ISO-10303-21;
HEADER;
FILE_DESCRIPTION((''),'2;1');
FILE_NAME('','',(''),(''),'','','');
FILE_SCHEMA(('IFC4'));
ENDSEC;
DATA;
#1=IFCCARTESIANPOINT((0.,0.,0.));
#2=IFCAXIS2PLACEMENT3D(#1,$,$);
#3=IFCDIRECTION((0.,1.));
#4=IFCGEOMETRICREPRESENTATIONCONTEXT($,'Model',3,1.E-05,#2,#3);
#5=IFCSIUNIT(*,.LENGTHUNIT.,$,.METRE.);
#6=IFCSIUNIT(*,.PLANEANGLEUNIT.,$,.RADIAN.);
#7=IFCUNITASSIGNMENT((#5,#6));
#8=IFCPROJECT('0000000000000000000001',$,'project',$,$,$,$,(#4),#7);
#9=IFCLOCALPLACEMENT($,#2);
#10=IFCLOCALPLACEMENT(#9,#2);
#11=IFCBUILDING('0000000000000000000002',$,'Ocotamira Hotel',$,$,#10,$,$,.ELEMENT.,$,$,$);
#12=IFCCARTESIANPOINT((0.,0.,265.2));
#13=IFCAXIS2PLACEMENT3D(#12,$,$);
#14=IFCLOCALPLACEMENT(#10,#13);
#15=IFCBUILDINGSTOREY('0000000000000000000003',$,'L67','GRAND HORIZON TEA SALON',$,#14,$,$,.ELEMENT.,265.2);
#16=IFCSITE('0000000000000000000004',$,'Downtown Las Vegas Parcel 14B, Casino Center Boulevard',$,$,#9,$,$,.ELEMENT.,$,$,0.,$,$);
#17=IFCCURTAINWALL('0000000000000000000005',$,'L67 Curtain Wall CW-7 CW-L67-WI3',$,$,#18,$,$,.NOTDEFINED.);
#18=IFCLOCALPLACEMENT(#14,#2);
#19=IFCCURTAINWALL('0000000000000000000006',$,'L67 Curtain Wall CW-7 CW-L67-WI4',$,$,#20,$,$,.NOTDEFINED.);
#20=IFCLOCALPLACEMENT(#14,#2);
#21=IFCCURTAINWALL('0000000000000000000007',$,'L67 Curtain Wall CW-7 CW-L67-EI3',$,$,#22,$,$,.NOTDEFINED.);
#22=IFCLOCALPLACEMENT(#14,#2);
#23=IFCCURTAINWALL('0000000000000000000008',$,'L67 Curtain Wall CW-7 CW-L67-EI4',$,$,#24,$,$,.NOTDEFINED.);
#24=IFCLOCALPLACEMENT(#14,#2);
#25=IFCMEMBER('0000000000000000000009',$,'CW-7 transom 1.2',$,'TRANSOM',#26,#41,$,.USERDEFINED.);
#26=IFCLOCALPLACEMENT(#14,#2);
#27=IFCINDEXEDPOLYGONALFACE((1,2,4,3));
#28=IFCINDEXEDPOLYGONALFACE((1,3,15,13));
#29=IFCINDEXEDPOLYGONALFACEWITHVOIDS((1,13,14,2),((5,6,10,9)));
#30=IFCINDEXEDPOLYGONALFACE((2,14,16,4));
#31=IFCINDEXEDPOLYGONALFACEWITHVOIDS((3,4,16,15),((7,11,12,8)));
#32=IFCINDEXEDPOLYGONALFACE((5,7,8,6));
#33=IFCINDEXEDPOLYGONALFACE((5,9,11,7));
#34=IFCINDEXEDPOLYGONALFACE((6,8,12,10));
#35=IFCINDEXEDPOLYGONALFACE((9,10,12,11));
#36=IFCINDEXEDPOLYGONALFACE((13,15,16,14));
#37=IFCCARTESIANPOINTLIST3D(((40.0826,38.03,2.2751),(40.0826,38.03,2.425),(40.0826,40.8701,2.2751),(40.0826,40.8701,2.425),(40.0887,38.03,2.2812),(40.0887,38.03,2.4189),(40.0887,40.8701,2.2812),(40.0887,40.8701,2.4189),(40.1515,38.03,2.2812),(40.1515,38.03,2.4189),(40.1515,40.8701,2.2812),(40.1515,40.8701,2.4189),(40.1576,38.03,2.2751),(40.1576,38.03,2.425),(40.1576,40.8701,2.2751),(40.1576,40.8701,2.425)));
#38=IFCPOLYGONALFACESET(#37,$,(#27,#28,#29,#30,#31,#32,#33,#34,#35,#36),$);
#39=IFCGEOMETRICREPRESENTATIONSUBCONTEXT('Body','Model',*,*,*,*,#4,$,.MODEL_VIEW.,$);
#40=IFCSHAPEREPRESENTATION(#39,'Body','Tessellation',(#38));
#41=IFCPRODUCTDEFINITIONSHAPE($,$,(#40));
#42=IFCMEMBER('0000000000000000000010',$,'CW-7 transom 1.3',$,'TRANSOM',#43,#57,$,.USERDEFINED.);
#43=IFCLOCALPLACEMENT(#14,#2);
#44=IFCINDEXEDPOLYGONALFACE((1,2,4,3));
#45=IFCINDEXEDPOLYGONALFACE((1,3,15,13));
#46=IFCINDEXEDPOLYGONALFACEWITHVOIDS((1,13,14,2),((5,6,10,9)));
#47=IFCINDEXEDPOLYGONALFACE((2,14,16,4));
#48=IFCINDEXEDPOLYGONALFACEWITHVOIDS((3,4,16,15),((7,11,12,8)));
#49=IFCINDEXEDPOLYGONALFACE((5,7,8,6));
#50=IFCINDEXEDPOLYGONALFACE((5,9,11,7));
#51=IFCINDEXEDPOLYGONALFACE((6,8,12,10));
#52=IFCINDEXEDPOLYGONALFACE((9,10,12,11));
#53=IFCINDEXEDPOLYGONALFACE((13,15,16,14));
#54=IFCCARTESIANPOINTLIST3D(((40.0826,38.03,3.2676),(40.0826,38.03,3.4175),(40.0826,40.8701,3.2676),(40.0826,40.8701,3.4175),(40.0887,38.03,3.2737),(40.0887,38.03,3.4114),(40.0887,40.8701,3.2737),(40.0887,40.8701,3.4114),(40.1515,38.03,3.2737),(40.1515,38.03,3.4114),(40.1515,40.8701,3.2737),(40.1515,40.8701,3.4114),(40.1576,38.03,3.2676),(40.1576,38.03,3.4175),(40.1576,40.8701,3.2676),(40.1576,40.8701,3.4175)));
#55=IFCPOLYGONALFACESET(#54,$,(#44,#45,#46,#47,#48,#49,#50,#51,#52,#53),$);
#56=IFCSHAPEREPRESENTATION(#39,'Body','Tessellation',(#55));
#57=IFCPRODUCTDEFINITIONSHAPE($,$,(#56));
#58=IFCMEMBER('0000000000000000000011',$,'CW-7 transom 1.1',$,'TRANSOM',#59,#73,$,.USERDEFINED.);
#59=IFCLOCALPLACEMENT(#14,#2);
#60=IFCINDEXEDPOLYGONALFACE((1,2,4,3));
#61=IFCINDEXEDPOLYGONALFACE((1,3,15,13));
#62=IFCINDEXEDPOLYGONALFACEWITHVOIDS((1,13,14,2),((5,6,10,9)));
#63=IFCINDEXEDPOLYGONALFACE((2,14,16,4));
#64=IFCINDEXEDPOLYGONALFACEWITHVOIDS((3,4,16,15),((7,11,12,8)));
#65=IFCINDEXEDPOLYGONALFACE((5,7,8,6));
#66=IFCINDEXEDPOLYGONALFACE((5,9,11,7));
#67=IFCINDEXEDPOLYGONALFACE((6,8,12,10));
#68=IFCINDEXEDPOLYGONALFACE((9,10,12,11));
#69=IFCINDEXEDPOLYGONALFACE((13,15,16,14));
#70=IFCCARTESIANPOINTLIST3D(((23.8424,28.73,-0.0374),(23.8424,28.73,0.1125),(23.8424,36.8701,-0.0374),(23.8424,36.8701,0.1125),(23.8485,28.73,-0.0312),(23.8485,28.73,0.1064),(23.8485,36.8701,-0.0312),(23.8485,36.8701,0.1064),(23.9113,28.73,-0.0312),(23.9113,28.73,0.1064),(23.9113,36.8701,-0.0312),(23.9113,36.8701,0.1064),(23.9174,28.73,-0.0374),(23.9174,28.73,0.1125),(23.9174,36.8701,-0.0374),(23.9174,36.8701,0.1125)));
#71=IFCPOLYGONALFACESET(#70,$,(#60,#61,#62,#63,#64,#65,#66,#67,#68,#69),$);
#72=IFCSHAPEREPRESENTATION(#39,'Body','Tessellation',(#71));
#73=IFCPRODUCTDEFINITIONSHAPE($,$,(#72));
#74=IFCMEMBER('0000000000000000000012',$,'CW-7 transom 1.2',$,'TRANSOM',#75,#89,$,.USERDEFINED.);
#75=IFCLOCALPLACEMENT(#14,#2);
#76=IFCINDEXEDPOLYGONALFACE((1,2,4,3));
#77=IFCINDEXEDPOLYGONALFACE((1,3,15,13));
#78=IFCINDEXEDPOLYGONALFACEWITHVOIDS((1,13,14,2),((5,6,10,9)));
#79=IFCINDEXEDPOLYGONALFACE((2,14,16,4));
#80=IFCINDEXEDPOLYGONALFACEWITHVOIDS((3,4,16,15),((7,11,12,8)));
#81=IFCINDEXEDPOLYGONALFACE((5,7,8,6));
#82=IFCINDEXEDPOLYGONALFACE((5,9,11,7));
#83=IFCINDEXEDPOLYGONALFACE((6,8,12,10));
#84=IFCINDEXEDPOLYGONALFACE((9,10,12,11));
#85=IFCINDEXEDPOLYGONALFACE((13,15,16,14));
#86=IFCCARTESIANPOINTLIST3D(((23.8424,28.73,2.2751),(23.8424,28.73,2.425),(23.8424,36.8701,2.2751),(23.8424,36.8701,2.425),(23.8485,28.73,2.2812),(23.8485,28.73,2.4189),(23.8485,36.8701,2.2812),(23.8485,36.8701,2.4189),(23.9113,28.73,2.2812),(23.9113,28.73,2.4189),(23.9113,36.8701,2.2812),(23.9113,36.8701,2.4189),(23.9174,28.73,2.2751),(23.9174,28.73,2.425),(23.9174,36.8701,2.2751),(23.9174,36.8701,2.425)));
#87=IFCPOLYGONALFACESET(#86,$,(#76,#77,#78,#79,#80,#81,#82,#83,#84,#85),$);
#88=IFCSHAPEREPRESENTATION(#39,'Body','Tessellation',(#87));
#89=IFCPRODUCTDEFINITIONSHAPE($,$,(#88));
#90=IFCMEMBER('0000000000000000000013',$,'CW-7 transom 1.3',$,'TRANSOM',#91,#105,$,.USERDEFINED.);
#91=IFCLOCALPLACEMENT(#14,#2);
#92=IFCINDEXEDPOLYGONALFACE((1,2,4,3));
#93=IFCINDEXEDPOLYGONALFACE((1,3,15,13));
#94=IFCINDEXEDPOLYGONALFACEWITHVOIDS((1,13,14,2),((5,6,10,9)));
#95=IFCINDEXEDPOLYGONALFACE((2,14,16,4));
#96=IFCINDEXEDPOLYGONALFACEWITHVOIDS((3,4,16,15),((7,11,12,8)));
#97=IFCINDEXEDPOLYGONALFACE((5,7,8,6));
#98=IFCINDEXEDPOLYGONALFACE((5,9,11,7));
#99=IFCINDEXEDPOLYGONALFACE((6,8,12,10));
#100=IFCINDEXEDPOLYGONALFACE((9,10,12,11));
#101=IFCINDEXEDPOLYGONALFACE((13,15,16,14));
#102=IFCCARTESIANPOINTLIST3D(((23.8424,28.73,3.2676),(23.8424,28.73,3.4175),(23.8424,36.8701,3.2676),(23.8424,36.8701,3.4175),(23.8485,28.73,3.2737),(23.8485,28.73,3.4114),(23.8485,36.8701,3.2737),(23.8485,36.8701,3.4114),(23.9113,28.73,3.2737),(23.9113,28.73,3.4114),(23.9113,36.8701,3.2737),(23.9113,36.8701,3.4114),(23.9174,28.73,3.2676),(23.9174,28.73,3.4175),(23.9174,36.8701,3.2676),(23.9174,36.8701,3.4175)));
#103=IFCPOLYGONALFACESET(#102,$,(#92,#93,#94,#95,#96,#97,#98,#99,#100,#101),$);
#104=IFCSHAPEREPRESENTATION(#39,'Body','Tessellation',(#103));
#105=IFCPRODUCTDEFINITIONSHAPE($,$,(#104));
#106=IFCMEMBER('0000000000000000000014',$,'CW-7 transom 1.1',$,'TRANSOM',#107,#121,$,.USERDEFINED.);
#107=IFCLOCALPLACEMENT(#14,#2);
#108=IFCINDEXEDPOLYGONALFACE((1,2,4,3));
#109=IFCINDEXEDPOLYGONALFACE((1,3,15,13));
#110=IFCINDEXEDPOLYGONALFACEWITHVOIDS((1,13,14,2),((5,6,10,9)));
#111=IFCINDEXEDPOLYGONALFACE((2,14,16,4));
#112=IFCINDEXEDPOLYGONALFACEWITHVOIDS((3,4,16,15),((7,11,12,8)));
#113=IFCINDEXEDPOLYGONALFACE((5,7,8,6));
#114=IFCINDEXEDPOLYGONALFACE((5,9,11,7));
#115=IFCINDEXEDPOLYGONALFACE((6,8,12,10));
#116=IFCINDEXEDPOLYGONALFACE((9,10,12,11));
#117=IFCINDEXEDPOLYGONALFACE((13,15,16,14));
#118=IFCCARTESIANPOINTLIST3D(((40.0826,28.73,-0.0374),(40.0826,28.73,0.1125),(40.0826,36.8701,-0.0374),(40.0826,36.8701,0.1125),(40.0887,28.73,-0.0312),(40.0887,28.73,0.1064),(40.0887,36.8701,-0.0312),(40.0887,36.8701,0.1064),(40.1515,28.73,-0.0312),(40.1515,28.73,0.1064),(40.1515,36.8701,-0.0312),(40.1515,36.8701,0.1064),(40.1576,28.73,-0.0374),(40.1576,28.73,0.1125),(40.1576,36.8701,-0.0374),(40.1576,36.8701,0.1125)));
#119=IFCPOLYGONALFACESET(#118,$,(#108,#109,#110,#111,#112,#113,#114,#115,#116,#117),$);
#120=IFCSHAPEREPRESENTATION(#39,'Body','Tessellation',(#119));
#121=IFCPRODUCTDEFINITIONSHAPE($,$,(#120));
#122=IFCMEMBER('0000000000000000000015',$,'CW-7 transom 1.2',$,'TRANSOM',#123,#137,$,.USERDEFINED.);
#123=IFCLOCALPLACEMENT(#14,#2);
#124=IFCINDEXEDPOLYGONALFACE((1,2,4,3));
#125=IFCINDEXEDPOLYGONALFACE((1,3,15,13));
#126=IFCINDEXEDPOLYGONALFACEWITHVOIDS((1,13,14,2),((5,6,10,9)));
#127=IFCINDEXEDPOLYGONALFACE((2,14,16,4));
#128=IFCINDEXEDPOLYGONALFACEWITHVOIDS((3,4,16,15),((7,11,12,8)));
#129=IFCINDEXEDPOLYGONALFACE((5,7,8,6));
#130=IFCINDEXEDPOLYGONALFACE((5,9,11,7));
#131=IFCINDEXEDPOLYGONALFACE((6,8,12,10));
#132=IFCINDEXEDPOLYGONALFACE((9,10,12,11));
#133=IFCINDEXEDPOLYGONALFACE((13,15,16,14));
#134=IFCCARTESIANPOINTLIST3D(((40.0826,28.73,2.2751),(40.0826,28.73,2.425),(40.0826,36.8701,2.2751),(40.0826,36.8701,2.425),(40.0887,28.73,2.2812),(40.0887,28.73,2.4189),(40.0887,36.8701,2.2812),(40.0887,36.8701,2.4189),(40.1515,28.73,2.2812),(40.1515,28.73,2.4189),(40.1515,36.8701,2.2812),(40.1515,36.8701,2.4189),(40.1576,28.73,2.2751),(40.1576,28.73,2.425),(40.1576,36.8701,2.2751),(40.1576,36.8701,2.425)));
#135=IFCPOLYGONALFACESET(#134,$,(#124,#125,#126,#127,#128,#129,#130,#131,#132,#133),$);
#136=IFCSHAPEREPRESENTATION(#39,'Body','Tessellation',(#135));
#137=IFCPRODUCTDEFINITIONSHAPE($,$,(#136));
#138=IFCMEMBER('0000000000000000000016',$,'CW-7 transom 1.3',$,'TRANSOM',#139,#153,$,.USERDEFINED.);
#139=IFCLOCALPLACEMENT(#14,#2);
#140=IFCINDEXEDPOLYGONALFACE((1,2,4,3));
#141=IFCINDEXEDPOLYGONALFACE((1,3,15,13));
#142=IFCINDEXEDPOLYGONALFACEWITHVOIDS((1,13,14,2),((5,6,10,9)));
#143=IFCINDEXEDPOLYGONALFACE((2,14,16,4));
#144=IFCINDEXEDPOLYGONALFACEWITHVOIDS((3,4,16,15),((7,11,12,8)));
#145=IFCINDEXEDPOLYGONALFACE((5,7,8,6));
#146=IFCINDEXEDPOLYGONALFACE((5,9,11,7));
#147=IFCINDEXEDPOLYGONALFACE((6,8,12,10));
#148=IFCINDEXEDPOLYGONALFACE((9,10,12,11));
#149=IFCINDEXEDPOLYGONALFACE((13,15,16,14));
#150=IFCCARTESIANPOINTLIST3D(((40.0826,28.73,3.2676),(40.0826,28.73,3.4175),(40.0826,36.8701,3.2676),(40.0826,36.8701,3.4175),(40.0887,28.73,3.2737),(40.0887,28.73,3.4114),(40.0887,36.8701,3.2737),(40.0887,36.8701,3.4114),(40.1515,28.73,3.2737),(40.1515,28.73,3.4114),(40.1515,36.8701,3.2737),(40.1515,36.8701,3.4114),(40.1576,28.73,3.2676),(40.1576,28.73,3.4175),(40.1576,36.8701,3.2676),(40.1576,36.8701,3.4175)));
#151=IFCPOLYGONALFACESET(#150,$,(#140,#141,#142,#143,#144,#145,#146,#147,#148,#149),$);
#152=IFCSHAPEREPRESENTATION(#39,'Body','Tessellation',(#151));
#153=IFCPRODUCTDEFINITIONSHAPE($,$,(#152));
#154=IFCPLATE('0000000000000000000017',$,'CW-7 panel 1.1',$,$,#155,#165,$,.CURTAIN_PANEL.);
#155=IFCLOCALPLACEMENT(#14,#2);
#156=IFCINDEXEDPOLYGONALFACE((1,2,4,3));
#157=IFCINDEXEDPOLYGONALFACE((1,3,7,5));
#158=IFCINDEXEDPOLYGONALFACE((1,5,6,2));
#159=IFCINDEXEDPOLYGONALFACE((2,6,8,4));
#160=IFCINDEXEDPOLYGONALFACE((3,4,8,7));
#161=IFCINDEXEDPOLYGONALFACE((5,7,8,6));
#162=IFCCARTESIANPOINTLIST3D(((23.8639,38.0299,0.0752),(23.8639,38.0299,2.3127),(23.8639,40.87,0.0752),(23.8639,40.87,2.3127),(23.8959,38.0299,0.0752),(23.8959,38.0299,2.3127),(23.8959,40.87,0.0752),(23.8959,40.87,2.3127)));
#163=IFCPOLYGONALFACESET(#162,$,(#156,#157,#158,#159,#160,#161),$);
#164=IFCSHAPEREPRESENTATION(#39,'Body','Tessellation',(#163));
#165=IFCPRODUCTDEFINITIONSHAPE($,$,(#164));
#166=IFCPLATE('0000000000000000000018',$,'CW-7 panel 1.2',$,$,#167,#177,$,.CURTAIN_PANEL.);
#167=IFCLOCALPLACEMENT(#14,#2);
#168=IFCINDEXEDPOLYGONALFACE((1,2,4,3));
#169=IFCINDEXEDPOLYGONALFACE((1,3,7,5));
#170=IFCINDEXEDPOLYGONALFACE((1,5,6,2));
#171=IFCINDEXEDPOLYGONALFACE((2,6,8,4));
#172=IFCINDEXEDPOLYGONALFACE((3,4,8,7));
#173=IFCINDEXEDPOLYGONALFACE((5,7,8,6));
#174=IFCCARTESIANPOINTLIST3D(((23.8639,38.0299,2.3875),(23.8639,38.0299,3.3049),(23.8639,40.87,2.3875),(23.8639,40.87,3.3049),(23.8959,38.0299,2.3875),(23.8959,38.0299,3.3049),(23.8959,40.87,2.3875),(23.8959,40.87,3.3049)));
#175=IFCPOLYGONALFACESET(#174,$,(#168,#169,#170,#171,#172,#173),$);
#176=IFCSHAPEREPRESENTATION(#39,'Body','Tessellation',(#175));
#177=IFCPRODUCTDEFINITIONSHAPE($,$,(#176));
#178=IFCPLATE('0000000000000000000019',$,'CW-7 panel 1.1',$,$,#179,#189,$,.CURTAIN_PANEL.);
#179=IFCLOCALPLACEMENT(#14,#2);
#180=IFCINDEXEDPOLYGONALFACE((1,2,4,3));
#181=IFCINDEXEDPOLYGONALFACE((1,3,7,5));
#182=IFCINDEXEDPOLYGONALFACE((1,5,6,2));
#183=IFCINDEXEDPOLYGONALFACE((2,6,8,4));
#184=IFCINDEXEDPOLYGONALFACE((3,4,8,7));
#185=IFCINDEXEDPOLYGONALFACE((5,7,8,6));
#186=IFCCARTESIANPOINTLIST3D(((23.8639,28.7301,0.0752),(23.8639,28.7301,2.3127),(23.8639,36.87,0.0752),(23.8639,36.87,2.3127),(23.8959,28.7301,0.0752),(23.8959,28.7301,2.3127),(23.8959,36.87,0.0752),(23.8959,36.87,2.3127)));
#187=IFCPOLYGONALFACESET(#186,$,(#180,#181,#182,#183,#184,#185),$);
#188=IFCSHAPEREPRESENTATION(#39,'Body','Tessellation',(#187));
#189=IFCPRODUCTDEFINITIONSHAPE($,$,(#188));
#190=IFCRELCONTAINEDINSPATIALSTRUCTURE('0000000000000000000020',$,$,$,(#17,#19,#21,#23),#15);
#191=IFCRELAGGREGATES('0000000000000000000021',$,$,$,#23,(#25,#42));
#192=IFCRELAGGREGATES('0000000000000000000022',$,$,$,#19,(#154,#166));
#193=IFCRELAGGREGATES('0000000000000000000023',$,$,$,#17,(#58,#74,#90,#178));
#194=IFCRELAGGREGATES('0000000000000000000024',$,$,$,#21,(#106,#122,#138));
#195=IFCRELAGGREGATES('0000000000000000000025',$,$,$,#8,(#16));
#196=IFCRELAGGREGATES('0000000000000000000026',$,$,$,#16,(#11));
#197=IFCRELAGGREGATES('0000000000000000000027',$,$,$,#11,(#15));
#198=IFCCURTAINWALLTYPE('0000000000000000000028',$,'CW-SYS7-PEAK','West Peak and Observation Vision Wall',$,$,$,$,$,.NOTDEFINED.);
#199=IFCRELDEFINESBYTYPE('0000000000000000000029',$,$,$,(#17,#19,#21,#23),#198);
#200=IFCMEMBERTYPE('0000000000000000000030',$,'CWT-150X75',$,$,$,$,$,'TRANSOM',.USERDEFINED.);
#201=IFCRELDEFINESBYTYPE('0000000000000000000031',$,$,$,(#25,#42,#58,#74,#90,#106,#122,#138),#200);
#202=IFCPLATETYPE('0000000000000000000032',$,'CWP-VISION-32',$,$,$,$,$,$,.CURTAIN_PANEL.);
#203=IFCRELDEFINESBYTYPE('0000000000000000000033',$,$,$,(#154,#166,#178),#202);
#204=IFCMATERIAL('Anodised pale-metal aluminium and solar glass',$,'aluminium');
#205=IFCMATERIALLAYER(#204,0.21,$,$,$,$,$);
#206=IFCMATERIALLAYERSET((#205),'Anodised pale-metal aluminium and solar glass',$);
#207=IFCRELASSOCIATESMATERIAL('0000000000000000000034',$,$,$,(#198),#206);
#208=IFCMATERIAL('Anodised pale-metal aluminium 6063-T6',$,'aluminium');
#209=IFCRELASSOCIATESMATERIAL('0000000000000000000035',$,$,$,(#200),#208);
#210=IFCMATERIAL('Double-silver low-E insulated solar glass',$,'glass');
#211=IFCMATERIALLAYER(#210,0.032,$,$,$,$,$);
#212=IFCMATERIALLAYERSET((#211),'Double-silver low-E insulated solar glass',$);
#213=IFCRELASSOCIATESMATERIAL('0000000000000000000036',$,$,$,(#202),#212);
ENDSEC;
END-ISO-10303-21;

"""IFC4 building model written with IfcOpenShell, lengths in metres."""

from ifc_helpers import new_model, si_unit, direction, frame, origin, origin_2d, place, context, subcontext, project, spatial, rectangle, hollow_rectangle, extrude, source, transform, mapped, material, layer, layer_set, material_profile, profile_set, type_object, element, aggregate, save


model = new_model("IFC4")

# Units and contexts
model_context = context("Model", 3, precision=1e-05, world=origin(), true_north=direction((0.0, 1.0)))
body_context = subcontext(model_context, "Body", "Model", "MODEL_VIEW")
ifc_project = project(units=[si_unit("LENGTHUNIT", "METRE"), si_unit("PLANEANGLEUNIT", "RADIAN")], contexts=[model_context])

# Site, building, storey
site_placement = place(None, origin())
site = spatial("IfcSite", under=ifc_project, at=site_placement, Name="Downtown Las Vegas Parcel 14B, Casino Center Boulevard", CompositionType="ELEMENT", RefElevation=0.0)
building_placement = place(site_placement, origin())
building = spatial("IfcBuilding", under=site, at=building_placement, Name="Ocotamira Hotel", CompositionType="ELEMENT")
storey_placement = place(building_placement, frame((0.0, 0.0, 265.2)))
storey = spatial("IfcBuildingStorey", under=building, at=storey_placement, Name="L67", Description="GRAND HORIZON TEA SALON", CompositionType="ELEMENT", Elevation=265.2)

# Curtain walls
ifc_material_1 = material(Name="Anodised pale-metal aluminium and solar glass", Category="aluminium")
ifc_layer_1 = layer(ifc_material_1, 0.21)
ifc_layer_set_1 = layer_set([ifc_layer_1], Name="Anodised pale-metal aluminium and solar glass")
curtain_wall_type = type_object("IfcCurtainWallType", Name="CW-SYS7-PEAK", Description="West Peak and Observation Vision Wall", PredefinedType="NOTDEFINED", material=ifc_layer_set_1)
curtain_wall_1_placement = place(storey_placement, origin())
curtain_wall_1 = element("IfcCurtainWall", 1, at=curtain_wall_1_placement, inside=storey, type_object=curtain_wall_type, Name="L67 Curtain Wall CW-7 CW-L67-WI3", PredefinedType="NOTDEFINED")
ifc_material_2 = material(Name="Anodised pale-metal aluminium 6063-T6", Category="aluminium")
curtain_wall_2_placement = place(storey_placement, origin())
curtain_wall_2 = element("IfcCurtainWall", 2, at=curtain_wall_2_placement, inside=storey, type_object=curtain_wall_type, Name="L67 Curtain Wall CW-7 CW-L67-WI4", PredefinedType="NOTDEFINED")
curtain_wall_3_placement = place(storey_placement, origin())
curtain_wall_3 = element("IfcCurtainWall", 3, at=curtain_wall_3_placement, inside=storey, type_object=curtain_wall_type, Name="L67 Curtain Wall CW-7 CW-L67-EI3", PredefinedType="NOTDEFINED")

# Curtain wall
curtain_wall_4_placement = place(storey_placement, origin())
curtain_wall_4 = element("IfcCurtainWall", 4, at=curtain_wall_4_placement, inside=storey, type_object=curtain_wall_type, Name="L67 Curtain Wall CW-7 CW-L67-EI4", PredefinedType="NOTDEFINED")

# Members
ifc_material_profile_1 = material_profile(ifc_material_2, hollow_rectangle(XDim=0.075, YDim=0.1499, WallThickness=0.0061, at=origin_2d()), Name="HSS150X75X6")
ifc_profile_set_1 = profile_set([ifc_material_profile_1], Name="Anodised pale-metal aluminium 6063-T6")
member_type_1 = type_object("IfcMemberType", Name="CWT-150X75", ElementType="TRANSOM", PredefinedType="USERDEFINED", material=ifc_profile_set_1)
shared_shape_1 = source(origin(), body_context, "Body", "SweptSolid", [
    extrude(hollow_rectangle(XDim=0.075, YDim=0.1499, WallThickness=0.0061, at=origin_2d()), origin(), (0.0, 0.0, 1.0), 2.8401),
])
member_1_placement = place(storey_placement, frame((40.1201, 38.03, 2.3501), z_axis=(0.0, 1.0, 0.0), x_axis=(-1.0, 0.0, 0.0)))
member_1 = element("IfcMember", 5, at=member_1_placement, type_object=member_type_1, Name="CW-7 transom 1.2", ObjectType="TRANSOM", PredefinedType="USERDEFINED", context=body_context, shape_type="MappedRepresentation", body=[
    mapped(shared_shape_1, transform((0.0, 0.0, 0.0), scale=1.0)),
])
member_2_placement = place(storey_placement, frame((40.1201, 38.03, 3.3425), z_axis=(0.0, 1.0, 0.0), x_axis=(-1.0, 0.0, 0.0)))
member_2 = element("IfcMember", 6, at=member_2_placement, type_object=member_type_1, Name="CW-7 transom 1.3", ObjectType="TRANSOM", PredefinedType="USERDEFINED", context=body_context, shape_type="MappedRepresentation", body=[
    mapped(shared_shape_1, transform((0.0, 0.0, 0.0), scale=1.0)),
])
aggregate(curtain_wall_4, [member_1, member_2])
shared_shape_2 = source(origin(), body_context, "Body", "SweptSolid", [
    extrude(hollow_rectangle(XDim=0.075, YDim=0.1499, WallThickness=0.0061, at=origin_2d()), origin(), (0.0, 0.0, 1.0), 8.1401),
])
member_3_placement = place(storey_placement, frame((23.8799, 28.73, 0.0376), z_axis=(0.0, 1.0, 0.0), x_axis=(-1.0, 0.0, 0.0)))
member_3 = element("IfcMember", 7, at=member_3_placement, type_object=member_type_1, Name="CW-7 transom 1.1", ObjectType="TRANSOM", PredefinedType="USERDEFINED", context=body_context, shape_type="MappedRepresentation", body=[
    mapped(shared_shape_2, transform((0.0, 0.0, 0.0), scale=1.0)),
])
member_4_placement = place(storey_placement, frame((23.8799, 28.73, 2.3501), z_axis=(0.0, 1.0, 0.0), x_axis=(-1.0, 0.0, 0.0)))
member_4 = element("IfcMember", 8, at=member_4_placement, type_object=member_type_1, Name="CW-7 transom 1.2", ObjectType="TRANSOM", PredefinedType="USERDEFINED", context=body_context, shape_type="MappedRepresentation", body=[
    mapped(shared_shape_2, transform((0.0, 0.0, 0.0), scale=1.0)),
])
member_5_placement = place(storey_placement, frame((23.8799, 28.73, 3.3425), z_axis=(0.0, 1.0, 0.0), x_axis=(-1.0, 0.0, 0.0)))
member_5 = element("IfcMember", 9, at=member_5_placement, type_object=member_type_1, Name="CW-7 transom 1.3", ObjectType="TRANSOM", PredefinedType="USERDEFINED", context=body_context, shape_type="MappedRepresentation", body=[
    mapped(shared_shape_2, transform((0.0, 0.0, 0.0), scale=1.0)),
])
member_6_placement = place(storey_placement, frame((40.1201, 28.73, 0.0376), z_axis=(0.0, 1.0, 0.0), x_axis=(-1.0, 0.0, 0.0)))
member_6 = element("IfcMember", 10, at=member_6_placement, type_object=member_type_1, Name="CW-7 transom 1.1", ObjectType="TRANSOM", PredefinedType="USERDEFINED", context=body_context, shape_type="MappedRepresentation", body=[
    mapped(shared_shape_2, transform((0.0, 0.0, 0.0), scale=1.0)),
])
member_7_placement = place(storey_placement, frame((40.1201, 28.73, 2.3501), z_axis=(0.0, 1.0, 0.0), x_axis=(-1.0, 0.0, 0.0)))
member_7 = element("IfcMember", 11, at=member_7_placement, type_object=member_type_1, Name="CW-7 transom 1.2", ObjectType="TRANSOM", PredefinedType="USERDEFINED", context=body_context, shape_type="MappedRepresentation", body=[
    mapped(shared_shape_2, transform((0.0, 0.0, 0.0), scale=1.0)),
])
member_8_placement = place(storey_placement, frame((40.1201, 28.73, 3.3425), z_axis=(0.0, 1.0, 0.0), x_axis=(-1.0, 0.0, 0.0)))
member_8 = element("IfcMember", 12, at=member_8_placement, type_object=member_type_1, Name="CW-7 transom 1.3", ObjectType="TRANSOM", PredefinedType="USERDEFINED", context=body_context, shape_type="MappedRepresentation", body=[
    mapped(shared_shape_2, transform((0.0, 0.0, 0.0), scale=1.0)),
])

# Plates
ifc_material_3 = material(Name="Double-silver low-E insulated solar glass", Category="glass")
ifc_layer_2 = layer(ifc_material_3, 0.032)
ifc_layer_set_2 = layer_set([ifc_layer_2], Name="Double-silver low-E insulated solar glass")
plate_type = type_object("IfcPlateType", Name="CWP-VISION-32", PredefinedType="CURTAIN_PANEL", material=ifc_layer_set_2)
shared_shape_3 = source(origin(), body_context, "Body", "SweptSolid", [
    extrude(rectangle(XDim=2.8401, YDim=0.032, at=origin_2d()), origin(), (0.0, 0.0, 1.0), 2.2375),
])
plate_1_placement = place(storey_placement, frame((23.8799, 39.45, 0.0752), z_axis=(0.0, 0.0, 1.0), x_axis=(0.0, 1.0, 0.0)))
plate_1 = element("IfcPlate", 13, at=plate_1_placement, type_object=plate_type, Name="CW-7 panel 1.1", PredefinedType="CURTAIN_PANEL", context=body_context, shape_type="MappedRepresentation", body=[
    mapped(shared_shape_3, transform((0.0, 0.0, 0.0), scale=1.0)),
])
shared_shape_4 = source(origin(), body_context, "Body", "SweptSolid", [
    extrude(rectangle(XDim=2.8401, YDim=0.032, at=origin_2d()), origin(), (0.0, 0.0, 1.0), 0.9175),
])
plate_2_placement = place(storey_placement, frame((23.8799, 39.45, 2.3875), z_axis=(0.0, 0.0, 1.0), x_axis=(0.0, 1.0, 0.0)))
plate_2 = element("IfcPlate", 14, at=plate_2_placement, type_object=plate_type, Name="CW-7 panel 1.2", PredefinedType="CURTAIN_PANEL", context=body_context, shape_type="MappedRepresentation", body=[
    mapped(shared_shape_4, transform((0.0, 0.0, 0.0), scale=1.0)),
])
aggregate(curtain_wall_2, [plate_1, plate_2])
shared_shape_5 = source(origin(), body_context, "Body", "SweptSolid", [
    extrude(rectangle(XDim=8.1399, YDim=0.032, at=origin_2d()), origin(), (0.0, 0.0, 1.0), 2.2375),
])
plate_3_placement = place(storey_placement, frame((23.8799, 32.8, 0.0752), z_axis=(0.0, 0.0, 1.0), x_axis=(0.0, 1.0, 0.0)))
plate_3 = element("IfcPlate", 15, at=plate_3_placement, type_object=plate_type, Name="CW-7 panel 1.1", PredefinedType="CURTAIN_PANEL", context=body_context, shape_type="MappedRepresentation", body=[
    mapped(shared_shape_5, transform((0.0, 0.0, 0.0), scale=1.0)),
])
aggregate(curtain_wall_1, [member_3, member_4, member_5, plate_3])
aggregate(curtain_wall_3, [member_6, member_7, member_8])

save(model, "model.ifc")
